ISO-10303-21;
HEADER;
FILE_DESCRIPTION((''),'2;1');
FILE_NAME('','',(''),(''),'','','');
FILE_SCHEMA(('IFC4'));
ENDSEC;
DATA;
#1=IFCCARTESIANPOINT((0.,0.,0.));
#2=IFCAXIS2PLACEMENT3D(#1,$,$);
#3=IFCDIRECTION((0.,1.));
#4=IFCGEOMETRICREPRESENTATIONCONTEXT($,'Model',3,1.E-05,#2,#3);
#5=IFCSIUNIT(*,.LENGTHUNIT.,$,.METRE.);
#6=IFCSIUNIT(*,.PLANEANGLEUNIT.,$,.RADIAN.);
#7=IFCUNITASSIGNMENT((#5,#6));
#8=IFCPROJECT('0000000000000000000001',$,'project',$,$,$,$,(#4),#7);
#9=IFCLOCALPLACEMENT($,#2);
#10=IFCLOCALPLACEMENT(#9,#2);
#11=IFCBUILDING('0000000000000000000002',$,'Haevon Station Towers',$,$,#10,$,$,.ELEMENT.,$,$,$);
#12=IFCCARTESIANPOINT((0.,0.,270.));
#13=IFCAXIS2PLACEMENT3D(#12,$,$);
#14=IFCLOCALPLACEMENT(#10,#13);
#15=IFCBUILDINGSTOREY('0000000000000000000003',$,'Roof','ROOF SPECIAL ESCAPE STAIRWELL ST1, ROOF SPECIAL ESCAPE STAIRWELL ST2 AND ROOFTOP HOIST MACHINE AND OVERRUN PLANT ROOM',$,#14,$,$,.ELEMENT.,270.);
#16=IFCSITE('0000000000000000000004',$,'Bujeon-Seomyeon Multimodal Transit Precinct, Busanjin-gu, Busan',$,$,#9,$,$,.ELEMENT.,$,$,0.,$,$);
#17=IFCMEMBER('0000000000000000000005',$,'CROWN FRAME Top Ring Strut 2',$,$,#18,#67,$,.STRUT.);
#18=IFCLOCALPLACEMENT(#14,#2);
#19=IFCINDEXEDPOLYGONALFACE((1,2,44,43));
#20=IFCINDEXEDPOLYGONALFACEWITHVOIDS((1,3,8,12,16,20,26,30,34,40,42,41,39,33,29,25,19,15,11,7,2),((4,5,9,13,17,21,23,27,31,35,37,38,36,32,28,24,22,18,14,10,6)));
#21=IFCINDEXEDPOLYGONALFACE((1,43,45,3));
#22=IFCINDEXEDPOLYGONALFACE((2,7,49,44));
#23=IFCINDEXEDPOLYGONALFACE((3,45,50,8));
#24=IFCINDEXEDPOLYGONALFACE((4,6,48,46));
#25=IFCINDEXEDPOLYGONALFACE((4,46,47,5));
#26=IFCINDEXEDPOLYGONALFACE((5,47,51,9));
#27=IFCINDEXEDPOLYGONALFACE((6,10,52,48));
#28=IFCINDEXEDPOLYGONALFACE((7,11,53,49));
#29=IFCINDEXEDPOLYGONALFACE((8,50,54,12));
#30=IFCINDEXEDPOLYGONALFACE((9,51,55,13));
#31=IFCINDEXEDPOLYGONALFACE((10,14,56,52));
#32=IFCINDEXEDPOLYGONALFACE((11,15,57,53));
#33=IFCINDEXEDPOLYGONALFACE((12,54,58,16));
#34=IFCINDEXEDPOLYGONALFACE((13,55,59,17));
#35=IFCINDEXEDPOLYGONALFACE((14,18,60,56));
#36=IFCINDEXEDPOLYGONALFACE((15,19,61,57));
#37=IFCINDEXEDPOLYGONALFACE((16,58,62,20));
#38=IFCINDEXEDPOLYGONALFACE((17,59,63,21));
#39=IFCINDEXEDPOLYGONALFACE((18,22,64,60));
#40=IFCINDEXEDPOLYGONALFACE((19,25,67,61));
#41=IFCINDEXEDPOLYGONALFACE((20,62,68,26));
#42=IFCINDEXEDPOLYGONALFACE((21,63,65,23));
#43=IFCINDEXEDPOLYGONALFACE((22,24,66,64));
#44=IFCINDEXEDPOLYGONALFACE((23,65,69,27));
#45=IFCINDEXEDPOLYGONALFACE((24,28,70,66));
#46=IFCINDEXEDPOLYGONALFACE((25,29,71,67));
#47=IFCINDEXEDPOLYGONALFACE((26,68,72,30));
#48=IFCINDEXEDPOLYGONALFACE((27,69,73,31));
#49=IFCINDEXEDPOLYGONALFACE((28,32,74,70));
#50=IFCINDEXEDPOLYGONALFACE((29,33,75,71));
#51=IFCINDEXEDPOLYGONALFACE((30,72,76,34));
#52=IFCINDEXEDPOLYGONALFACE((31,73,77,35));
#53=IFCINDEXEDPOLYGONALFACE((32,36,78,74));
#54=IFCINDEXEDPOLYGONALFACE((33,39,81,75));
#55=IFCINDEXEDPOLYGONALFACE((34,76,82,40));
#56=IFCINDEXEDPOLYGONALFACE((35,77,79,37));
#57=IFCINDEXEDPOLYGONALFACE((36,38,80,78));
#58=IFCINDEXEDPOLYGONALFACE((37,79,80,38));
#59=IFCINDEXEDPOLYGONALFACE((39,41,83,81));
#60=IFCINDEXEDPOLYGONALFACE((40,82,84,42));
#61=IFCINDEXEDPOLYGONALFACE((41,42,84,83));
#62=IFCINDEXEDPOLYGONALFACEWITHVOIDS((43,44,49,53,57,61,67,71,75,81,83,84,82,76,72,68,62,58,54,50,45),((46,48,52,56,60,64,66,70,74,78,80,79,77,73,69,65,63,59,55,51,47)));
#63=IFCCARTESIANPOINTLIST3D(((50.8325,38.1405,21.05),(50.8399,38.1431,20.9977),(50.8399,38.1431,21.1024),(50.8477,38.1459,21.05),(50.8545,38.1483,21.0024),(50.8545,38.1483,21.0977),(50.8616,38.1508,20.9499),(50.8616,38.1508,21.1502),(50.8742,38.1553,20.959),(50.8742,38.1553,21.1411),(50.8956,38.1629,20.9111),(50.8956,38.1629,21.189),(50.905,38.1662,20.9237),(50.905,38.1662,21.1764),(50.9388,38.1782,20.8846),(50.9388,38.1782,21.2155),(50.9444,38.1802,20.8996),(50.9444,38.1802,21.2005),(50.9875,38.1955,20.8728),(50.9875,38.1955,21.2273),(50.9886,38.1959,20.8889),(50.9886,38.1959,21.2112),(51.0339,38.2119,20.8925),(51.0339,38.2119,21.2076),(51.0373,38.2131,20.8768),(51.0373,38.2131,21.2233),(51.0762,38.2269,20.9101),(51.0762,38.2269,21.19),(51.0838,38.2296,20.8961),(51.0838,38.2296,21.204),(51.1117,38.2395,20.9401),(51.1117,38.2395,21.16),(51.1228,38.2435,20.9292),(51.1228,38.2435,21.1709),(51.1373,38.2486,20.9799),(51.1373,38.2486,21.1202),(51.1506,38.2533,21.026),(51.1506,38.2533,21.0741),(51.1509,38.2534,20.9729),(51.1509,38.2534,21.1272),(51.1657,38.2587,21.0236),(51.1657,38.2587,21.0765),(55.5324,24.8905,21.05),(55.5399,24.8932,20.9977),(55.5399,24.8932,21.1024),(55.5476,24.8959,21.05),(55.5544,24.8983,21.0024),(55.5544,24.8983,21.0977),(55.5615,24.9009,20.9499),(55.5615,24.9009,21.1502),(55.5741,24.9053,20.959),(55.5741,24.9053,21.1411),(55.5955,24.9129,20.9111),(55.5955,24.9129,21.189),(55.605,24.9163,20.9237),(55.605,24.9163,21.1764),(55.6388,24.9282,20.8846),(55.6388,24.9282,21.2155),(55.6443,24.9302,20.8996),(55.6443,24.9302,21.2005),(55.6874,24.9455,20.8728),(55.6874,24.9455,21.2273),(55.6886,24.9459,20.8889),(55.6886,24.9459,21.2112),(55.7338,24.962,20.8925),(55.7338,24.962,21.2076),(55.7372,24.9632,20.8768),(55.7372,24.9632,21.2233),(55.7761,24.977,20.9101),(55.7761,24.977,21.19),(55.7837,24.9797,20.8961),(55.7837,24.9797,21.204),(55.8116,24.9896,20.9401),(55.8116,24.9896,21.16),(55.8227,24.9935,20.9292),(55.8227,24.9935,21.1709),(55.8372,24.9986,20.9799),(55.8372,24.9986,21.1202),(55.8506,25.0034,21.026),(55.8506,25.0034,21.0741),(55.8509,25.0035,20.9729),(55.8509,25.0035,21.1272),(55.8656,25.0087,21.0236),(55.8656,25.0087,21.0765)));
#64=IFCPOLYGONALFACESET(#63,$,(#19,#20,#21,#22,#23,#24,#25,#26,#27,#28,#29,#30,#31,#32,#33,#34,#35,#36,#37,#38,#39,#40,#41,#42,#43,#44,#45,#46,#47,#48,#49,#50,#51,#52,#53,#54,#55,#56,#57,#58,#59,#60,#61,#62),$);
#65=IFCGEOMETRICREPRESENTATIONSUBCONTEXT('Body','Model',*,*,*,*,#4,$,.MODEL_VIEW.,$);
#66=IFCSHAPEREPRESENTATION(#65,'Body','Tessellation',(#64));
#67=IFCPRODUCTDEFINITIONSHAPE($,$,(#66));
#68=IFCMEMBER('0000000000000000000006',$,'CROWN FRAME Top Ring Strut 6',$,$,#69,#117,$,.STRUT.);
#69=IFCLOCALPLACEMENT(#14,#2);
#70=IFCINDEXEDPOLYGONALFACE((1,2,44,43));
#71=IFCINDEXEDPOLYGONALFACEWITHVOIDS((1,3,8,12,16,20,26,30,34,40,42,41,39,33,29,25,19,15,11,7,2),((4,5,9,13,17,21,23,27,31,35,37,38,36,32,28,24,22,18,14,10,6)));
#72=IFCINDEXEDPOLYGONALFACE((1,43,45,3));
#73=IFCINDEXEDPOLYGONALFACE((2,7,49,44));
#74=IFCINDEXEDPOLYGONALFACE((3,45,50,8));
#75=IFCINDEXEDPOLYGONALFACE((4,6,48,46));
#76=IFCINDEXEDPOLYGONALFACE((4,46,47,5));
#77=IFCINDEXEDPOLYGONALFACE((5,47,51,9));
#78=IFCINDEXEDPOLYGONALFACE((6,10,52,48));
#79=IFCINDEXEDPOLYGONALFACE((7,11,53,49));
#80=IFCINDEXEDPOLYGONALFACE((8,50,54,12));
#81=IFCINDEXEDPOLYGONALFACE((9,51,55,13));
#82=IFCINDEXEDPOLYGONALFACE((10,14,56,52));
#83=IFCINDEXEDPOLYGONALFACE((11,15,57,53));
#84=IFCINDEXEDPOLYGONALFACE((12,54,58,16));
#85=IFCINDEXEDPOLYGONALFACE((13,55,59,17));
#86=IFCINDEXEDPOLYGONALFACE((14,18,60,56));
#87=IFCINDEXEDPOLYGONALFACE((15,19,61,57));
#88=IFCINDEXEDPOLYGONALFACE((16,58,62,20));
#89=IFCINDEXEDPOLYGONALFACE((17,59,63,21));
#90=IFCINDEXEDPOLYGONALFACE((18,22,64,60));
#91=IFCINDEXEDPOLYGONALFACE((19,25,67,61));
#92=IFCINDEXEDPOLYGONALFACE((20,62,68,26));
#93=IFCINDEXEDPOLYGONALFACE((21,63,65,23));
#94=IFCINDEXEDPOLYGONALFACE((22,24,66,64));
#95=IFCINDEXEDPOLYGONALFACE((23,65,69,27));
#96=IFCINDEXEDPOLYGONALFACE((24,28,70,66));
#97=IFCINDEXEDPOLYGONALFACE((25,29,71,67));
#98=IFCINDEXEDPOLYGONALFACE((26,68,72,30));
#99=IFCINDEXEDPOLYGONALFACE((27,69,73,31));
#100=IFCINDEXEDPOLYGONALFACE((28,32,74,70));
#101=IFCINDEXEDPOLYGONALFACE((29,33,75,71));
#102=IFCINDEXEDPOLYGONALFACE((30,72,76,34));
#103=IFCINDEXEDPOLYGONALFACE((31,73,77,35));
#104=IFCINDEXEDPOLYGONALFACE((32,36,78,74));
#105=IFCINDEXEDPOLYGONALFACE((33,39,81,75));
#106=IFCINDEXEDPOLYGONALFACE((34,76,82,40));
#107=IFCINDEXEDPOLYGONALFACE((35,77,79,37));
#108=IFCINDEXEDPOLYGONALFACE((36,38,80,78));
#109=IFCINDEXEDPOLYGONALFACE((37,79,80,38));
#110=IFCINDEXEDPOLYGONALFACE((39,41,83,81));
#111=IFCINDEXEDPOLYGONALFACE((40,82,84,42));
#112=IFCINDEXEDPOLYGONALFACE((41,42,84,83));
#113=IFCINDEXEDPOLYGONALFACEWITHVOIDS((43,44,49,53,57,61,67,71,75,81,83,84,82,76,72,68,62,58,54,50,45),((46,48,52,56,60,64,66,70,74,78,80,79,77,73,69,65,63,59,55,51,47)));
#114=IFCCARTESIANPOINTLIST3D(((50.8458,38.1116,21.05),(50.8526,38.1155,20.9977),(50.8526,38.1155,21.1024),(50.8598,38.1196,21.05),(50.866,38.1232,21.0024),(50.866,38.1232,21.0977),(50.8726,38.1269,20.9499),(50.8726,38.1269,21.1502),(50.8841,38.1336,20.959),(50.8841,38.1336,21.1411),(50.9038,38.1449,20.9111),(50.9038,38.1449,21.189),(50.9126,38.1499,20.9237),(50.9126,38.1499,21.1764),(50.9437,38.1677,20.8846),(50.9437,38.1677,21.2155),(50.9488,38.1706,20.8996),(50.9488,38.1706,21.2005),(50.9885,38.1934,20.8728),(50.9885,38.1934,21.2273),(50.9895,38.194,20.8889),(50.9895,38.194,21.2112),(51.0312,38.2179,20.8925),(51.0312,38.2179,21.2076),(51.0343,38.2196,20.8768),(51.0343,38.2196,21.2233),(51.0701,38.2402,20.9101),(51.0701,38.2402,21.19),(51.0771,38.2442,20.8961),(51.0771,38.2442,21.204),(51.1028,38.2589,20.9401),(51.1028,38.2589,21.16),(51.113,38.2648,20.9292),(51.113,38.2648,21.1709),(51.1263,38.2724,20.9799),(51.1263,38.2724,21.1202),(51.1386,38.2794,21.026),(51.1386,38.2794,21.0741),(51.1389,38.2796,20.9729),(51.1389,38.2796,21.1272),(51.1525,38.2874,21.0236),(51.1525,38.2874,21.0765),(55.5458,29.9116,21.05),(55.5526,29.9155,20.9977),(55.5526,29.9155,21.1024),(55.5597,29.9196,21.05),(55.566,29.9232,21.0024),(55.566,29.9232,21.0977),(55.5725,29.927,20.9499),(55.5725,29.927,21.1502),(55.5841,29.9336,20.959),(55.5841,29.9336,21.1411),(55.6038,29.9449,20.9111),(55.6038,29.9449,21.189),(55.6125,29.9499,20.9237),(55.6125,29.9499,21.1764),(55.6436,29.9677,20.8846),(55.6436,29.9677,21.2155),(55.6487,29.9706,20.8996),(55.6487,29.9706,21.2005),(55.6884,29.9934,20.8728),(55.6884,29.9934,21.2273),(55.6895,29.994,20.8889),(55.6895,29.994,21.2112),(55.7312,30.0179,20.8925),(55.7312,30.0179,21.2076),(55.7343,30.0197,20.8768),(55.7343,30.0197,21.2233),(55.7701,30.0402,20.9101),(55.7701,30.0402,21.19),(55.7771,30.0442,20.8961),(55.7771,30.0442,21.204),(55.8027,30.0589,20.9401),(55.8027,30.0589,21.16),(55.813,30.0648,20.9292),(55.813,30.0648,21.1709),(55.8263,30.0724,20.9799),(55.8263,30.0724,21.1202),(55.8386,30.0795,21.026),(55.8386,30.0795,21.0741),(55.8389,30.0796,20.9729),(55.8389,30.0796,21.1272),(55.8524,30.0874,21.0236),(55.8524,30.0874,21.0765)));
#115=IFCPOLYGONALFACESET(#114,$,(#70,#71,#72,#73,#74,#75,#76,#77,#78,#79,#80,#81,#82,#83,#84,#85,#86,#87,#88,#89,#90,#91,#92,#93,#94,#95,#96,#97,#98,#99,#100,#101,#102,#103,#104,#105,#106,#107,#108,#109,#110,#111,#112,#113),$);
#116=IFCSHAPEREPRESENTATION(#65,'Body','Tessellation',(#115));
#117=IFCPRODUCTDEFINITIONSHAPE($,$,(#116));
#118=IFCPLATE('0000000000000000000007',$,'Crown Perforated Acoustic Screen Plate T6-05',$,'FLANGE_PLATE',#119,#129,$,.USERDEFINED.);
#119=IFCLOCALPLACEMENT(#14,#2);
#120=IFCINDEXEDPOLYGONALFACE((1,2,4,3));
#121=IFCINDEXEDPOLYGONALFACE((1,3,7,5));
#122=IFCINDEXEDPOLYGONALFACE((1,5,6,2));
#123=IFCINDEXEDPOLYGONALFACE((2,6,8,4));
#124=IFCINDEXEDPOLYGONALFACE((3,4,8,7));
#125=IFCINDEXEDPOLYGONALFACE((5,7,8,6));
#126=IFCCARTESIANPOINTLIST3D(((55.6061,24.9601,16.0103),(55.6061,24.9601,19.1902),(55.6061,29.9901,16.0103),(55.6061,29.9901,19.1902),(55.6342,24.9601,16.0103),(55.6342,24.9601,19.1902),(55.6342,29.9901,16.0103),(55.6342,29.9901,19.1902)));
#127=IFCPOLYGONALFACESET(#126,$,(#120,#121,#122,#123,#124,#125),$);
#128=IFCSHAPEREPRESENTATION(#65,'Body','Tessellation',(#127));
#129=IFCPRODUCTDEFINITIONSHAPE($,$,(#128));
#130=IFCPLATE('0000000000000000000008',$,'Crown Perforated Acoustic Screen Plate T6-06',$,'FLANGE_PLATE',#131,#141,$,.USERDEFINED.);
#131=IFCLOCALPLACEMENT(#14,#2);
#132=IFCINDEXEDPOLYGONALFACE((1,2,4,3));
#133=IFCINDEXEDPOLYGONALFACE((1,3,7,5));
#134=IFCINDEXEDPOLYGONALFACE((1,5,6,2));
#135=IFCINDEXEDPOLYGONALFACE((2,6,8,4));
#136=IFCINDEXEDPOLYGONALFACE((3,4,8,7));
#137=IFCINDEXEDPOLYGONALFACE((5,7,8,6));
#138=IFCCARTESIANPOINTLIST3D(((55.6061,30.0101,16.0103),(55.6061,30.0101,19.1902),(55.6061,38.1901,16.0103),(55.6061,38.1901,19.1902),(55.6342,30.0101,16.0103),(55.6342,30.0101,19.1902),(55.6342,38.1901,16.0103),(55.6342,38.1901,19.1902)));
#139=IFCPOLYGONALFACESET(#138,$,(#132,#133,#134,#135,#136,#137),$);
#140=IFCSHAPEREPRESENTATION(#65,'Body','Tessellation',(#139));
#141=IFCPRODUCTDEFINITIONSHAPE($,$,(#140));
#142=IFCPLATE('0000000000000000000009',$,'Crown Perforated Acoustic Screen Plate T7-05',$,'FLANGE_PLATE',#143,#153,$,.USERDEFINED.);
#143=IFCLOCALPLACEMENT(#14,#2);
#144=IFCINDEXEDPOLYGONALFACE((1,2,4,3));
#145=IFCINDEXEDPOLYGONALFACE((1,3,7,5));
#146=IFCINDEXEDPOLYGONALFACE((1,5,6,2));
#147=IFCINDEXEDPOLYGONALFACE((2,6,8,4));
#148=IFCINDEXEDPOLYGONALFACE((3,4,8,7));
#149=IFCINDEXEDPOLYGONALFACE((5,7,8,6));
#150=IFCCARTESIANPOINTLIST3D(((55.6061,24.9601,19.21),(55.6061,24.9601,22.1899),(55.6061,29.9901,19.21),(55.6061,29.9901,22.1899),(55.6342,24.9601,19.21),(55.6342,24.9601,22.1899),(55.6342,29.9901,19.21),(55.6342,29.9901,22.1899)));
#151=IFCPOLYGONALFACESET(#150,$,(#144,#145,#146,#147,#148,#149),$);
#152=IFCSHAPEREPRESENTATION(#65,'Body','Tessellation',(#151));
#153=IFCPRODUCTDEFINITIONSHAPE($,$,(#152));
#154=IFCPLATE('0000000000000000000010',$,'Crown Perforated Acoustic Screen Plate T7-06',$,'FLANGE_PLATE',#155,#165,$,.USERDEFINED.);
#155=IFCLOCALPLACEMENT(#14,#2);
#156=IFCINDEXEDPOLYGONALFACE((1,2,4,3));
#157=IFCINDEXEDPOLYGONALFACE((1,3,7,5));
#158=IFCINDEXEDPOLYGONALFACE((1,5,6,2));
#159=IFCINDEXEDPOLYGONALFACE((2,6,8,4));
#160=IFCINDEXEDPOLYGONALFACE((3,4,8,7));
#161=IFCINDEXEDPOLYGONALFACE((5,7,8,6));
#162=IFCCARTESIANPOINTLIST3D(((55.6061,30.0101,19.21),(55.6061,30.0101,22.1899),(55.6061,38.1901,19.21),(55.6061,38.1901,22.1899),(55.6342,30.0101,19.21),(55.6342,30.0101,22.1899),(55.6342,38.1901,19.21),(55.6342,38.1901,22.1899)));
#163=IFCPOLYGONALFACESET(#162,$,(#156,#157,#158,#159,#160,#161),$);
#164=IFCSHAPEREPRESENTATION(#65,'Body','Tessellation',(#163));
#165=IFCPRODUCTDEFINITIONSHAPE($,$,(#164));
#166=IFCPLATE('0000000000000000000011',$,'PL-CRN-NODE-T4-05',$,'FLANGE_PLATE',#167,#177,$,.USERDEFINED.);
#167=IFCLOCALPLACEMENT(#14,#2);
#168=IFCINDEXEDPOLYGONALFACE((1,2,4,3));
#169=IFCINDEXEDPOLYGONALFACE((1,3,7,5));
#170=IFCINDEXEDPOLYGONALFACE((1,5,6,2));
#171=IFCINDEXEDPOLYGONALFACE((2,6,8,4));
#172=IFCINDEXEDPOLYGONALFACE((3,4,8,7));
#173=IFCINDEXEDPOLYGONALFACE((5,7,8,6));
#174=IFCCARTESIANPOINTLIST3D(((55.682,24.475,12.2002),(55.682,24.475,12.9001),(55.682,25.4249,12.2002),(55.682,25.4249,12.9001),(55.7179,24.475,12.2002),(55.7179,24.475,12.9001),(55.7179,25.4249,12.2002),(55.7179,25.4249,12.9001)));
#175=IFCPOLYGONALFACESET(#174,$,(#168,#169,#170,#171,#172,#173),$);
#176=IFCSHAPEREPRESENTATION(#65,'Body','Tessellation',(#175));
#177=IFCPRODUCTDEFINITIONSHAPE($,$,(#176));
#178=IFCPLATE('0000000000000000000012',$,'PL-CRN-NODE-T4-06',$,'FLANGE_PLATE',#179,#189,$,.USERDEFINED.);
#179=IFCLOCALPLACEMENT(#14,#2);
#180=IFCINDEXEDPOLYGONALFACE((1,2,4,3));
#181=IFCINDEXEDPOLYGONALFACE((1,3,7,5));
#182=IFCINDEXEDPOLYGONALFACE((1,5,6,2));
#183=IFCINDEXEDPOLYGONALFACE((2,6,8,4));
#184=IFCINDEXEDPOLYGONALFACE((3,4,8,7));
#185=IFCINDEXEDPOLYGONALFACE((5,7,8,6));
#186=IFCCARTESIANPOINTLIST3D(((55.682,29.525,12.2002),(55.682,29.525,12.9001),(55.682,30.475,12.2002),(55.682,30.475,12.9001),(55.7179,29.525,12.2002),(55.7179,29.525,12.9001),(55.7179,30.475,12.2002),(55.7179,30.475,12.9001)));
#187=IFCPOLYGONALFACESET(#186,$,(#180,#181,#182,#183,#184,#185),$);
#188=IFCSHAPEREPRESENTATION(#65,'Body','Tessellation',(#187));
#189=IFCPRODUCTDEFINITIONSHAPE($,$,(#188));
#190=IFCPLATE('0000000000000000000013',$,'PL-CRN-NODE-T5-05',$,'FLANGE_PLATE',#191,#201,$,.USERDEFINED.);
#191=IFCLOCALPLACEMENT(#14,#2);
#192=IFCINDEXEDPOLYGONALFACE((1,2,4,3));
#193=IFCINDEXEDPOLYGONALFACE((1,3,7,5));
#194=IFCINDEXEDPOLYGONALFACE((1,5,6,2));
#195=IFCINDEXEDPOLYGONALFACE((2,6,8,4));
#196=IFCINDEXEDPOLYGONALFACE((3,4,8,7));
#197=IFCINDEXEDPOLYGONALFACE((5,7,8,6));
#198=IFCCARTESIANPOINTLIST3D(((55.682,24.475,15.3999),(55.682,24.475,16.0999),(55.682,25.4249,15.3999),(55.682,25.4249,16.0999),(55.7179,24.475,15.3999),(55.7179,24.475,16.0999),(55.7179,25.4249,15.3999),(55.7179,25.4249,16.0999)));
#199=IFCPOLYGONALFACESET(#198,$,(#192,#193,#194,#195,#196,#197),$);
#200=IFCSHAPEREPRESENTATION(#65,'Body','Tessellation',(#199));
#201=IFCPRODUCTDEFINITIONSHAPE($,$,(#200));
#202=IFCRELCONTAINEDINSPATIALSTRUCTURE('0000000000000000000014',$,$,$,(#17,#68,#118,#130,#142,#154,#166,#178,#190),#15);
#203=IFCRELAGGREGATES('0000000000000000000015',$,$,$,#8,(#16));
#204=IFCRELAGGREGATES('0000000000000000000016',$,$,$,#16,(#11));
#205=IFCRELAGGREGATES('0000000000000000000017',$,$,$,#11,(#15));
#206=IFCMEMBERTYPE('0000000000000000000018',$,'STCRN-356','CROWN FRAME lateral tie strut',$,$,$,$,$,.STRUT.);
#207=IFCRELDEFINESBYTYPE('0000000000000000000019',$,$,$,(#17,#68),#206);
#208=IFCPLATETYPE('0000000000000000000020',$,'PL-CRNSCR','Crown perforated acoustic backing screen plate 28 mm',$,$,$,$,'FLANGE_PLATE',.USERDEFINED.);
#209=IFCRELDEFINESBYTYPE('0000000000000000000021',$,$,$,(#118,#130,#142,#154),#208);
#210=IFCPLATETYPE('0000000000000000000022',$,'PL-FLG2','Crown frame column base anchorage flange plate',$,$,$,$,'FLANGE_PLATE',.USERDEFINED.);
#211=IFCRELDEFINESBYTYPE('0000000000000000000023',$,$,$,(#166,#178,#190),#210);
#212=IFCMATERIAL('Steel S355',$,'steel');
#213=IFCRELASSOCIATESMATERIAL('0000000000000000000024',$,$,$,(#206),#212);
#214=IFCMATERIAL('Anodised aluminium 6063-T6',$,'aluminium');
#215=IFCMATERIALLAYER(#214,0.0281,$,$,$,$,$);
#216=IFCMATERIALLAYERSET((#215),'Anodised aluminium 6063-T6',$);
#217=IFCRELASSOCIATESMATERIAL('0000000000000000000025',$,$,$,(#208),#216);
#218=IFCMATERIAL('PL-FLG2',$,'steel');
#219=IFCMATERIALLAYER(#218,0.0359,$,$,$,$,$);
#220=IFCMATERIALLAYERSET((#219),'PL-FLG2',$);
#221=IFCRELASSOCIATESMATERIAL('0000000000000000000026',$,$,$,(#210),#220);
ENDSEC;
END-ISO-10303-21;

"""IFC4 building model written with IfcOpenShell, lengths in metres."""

from ifc_helpers import new_model, si_unit, direction, frame, origin, origin_2d, place, context, subcontext, project, spatial, rectangle, hollow_circle, extrude, material, layer, layer_set, material_profile, profile_set, type_object, element, save


model = new_model("IFC4")

# Units and contexts
model_context = context("Model", 3, precision=1e-05, world=origin(), true_north=direction((0.0, 1.0)))
body_context = subcontext(model_context, "Body", "Model", "MODEL_VIEW")
ifc_project = project(units=[si_unit("LENGTHUNIT", "METRE"), si_unit("PLANEANGLEUNIT", "RADIAN")], contexts=[model_context])

# Site, building, storey
site_placement = place(None, origin())
site = spatial("IfcSite", under=ifc_project, at=site_placement, Name="Bujeon-Seomyeon Multimodal Transit Precinct, Busanjin-gu, Busan", CompositionType="ELEMENT", RefElevation=0.0)
building_placement = place(site_placement, origin())
building = spatial("IfcBuilding", under=site, at=building_placement, Name="Haevon Station Towers", CompositionType="ELEMENT")
storey_placement = place(building_placement, frame((0.0, 0.0, 270.0)))
storey = spatial("IfcBuildingStorey", under=building, at=storey_placement, Name="Roof", Description="ROOF SPECIAL ESCAPE STAIRWELL ST1, ROOF SPECIAL ESCAPE STAIRWELL ST2 AND ROOFTOP HOIST MACHINE AND OVERRUN PLANT ROOM", CompositionType="ELEMENT", Elevation=270.0)

# Shared definitions
ifc_material_1 = material(Name="Steel S355", Category="steel")

# Members
ifc_material_profile_1 = material_profile(ifc_material_1, hollow_circle(Radius=0.1777, WallThickness=0.0161, at=origin_2d()), Name="CHS-355.6x16")
ifc_profile_set_1 = profile_set([ifc_material_profile_1], Name="Steel S355")
member_type_1 = type_object("IfcMemberType", Name="STCRN-356", Description="CROWN FRAME lateral tie strut", PredefinedType="STRUT", material=ifc_profile_set_1)
member_1_placement = place(storey_placement, frame((55.7, 24.95, 21.05), z_axis=(-0.334305, 0.942465, 0.0), x_axis=(-0.942465, -0.334305, 0.0)))
element("IfcMember", 1, at=member_1_placement, inside=storey, type_object=member_type_1, Name="CROWN FRAME Top Ring Strut 2", PredefinedType="STRUT", context=body_context, shape_type="SweptSolid", body=[
    extrude(hollow_circle(Radius=0.1777, WallThickness=0.0161, at=origin_2d()), origin(), (0.0, 0.0, 1.0), 14.0588),
])
member_2_placement = place(storey_placement, frame((55.7, 30.0, 21.05), z_axis=(-0.497276, 0.867592, 0.0), x_axis=(-0.867592, -0.497276, 0.0)))
element("IfcMember", 2, at=member_2_placement, inside=storey, type_object=member_type_1, Name="CROWN FRAME Top Ring Strut 6", PredefinedType="STRUT", context=body_context, shape_type="SweptSolid", body=[
    extrude(hollow_circle(Radius=0.1777, WallThickness=0.0161, at=origin_2d()), origin(), (0.0, 0.0, 1.0), 9.4514),
])

# Plates
ifc_material_2 = material(Name="Anodised aluminium 6063-T6", Category="aluminium")
ifc_layer_1 = layer(ifc_material_2, 0.0281)
ifc_layer_set_1 = layer_set([ifc_layer_1], Name="Anodised aluminium 6063-T6")
plate_type_1 = type_object("IfcPlateType", Name="PL-CRNSCR", Description="Crown perforated acoustic backing screen plate 28 mm", ElementType="FLANGE_PLATE", PredefinedType="USERDEFINED", material=ifc_layer_set_1)
plate_1_placement = place(storey_placement, frame((55.6201, 27.4751, 16.0103), z_axis=(0.0, 0.0, 1.0), x_axis=(0.0, 1.0, 0.0)))
element("IfcPlate", 3, at=plate_1_placement, inside=storey, type_object=plate_type_1, Name="Crown Perforated Acoustic Screen Plate T6-05", ObjectType="FLANGE_PLATE", PredefinedType="USERDEFINED", context=body_context, shape_type="SweptSolid", body=[
    extrude(rectangle(XDim=5.03, YDim=0.0281, at=origin_2d()), origin(), (0.0, 0.0, 1.0), 3.1799),
])
plate_2_placement = place(storey_placement, frame((55.6201, 34.1001, 16.0103), z_axis=(0.0, 0.0, 1.0), x_axis=(0.0, 1.0, 0.0)))
element("IfcPlate", 4, at=plate_2_placement, inside=storey, type_object=plate_type_1, Name="Crown Perforated Acoustic Screen Plate T6-06", ObjectType="FLANGE_PLATE", PredefinedType="USERDEFINED", context=body_context, shape_type="SweptSolid", body=[
    extrude(rectangle(XDim=8.1799, YDim=0.0281, at=origin_2d()), origin(), (0.0, 0.0, 1.0), 3.1799),
])
plate_3_placement = place(storey_placement, frame((55.6201, 27.4751, 19.21), z_axis=(0.0, 0.0, 1.0), x_axis=(0.0, 1.0, 0.0)))
element("IfcPlate", 5, at=plate_3_placement, inside=storey, type_object=plate_type_1, Name="Crown Perforated Acoustic Screen Plate T7-05", ObjectType="FLANGE_PLATE", PredefinedType="USERDEFINED", context=body_context, shape_type="SweptSolid", body=[
    extrude(rectangle(XDim=5.03, YDim=0.0281, at=origin_2d()), origin(), (0.0, 0.0, 1.0), 2.98),
])
plate_4_placement = place(storey_placement, frame((55.6201, 34.1001, 19.21), z_axis=(0.0, 0.0, 1.0), x_axis=(0.0, 1.0, 0.0)))
element("IfcPlate", 6, at=plate_4_placement, inside=storey, type_object=plate_type_1, Name="Crown Perforated Acoustic Screen Plate T7-06", ObjectType="FLANGE_PLATE", PredefinedType="USERDEFINED", context=body_context, shape_type="SweptSolid", body=[
    extrude(rectangle(XDim=8.1799, YDim=0.0281, at=origin_2d()), origin(), (0.0, 0.0, 1.0), 2.98),
])
ifc_material_3 = material(Name="PL-FLG2", Category="steel")
ifc_layer_2 = layer(ifc_material_3, 0.0359)
ifc_layer_set_2 = layer_set([ifc_layer_2], Name="PL-FLG2")
plate_type_2 = type_object("IfcPlateType", Name="PL-FLG2", Description="Crown frame column base anchorage flange plate", ElementType="FLANGE_PLATE", PredefinedType="USERDEFINED", material=ifc_layer_set_2)
for number, where, z_axis, x_axis, name in (
    (7, (55.7, 24.95, 12.2002), (0.0, 0.0, 1.0), (0.0, 1.0, 0.0), "PL-CRN-NODE-T4-05"),
    (8, (55.7, 30.0, 12.2002), (0.0, 0.0, 1.0), (0.0, 1.0, 0.0), "PL-CRN-NODE-T4-06"),
    (9, (55.7, 24.95, 15.3999), (0.0, 0.0, 1.0), (0.0, 1.0, 0.0), "PL-CRN-NODE-T5-05"),
):
    element("IfcPlate", number, at=place(storey_placement, frame(where, z_axis=z_axis, x_axis=x_axis)), inside=storey, type_object=plate_type_2, Name=name, ObjectType="FLANGE_PLATE", PredefinedType="USERDEFINED", context=body_context, shape_type="SweptSolid", body=[
        extrude(rectangle(XDim=0.95, YDim=0.0359, at=origin_2d()), origin(), (0.0, 0.0, 1.0), 0.7),
    ])

save(model, "model.ifc")
